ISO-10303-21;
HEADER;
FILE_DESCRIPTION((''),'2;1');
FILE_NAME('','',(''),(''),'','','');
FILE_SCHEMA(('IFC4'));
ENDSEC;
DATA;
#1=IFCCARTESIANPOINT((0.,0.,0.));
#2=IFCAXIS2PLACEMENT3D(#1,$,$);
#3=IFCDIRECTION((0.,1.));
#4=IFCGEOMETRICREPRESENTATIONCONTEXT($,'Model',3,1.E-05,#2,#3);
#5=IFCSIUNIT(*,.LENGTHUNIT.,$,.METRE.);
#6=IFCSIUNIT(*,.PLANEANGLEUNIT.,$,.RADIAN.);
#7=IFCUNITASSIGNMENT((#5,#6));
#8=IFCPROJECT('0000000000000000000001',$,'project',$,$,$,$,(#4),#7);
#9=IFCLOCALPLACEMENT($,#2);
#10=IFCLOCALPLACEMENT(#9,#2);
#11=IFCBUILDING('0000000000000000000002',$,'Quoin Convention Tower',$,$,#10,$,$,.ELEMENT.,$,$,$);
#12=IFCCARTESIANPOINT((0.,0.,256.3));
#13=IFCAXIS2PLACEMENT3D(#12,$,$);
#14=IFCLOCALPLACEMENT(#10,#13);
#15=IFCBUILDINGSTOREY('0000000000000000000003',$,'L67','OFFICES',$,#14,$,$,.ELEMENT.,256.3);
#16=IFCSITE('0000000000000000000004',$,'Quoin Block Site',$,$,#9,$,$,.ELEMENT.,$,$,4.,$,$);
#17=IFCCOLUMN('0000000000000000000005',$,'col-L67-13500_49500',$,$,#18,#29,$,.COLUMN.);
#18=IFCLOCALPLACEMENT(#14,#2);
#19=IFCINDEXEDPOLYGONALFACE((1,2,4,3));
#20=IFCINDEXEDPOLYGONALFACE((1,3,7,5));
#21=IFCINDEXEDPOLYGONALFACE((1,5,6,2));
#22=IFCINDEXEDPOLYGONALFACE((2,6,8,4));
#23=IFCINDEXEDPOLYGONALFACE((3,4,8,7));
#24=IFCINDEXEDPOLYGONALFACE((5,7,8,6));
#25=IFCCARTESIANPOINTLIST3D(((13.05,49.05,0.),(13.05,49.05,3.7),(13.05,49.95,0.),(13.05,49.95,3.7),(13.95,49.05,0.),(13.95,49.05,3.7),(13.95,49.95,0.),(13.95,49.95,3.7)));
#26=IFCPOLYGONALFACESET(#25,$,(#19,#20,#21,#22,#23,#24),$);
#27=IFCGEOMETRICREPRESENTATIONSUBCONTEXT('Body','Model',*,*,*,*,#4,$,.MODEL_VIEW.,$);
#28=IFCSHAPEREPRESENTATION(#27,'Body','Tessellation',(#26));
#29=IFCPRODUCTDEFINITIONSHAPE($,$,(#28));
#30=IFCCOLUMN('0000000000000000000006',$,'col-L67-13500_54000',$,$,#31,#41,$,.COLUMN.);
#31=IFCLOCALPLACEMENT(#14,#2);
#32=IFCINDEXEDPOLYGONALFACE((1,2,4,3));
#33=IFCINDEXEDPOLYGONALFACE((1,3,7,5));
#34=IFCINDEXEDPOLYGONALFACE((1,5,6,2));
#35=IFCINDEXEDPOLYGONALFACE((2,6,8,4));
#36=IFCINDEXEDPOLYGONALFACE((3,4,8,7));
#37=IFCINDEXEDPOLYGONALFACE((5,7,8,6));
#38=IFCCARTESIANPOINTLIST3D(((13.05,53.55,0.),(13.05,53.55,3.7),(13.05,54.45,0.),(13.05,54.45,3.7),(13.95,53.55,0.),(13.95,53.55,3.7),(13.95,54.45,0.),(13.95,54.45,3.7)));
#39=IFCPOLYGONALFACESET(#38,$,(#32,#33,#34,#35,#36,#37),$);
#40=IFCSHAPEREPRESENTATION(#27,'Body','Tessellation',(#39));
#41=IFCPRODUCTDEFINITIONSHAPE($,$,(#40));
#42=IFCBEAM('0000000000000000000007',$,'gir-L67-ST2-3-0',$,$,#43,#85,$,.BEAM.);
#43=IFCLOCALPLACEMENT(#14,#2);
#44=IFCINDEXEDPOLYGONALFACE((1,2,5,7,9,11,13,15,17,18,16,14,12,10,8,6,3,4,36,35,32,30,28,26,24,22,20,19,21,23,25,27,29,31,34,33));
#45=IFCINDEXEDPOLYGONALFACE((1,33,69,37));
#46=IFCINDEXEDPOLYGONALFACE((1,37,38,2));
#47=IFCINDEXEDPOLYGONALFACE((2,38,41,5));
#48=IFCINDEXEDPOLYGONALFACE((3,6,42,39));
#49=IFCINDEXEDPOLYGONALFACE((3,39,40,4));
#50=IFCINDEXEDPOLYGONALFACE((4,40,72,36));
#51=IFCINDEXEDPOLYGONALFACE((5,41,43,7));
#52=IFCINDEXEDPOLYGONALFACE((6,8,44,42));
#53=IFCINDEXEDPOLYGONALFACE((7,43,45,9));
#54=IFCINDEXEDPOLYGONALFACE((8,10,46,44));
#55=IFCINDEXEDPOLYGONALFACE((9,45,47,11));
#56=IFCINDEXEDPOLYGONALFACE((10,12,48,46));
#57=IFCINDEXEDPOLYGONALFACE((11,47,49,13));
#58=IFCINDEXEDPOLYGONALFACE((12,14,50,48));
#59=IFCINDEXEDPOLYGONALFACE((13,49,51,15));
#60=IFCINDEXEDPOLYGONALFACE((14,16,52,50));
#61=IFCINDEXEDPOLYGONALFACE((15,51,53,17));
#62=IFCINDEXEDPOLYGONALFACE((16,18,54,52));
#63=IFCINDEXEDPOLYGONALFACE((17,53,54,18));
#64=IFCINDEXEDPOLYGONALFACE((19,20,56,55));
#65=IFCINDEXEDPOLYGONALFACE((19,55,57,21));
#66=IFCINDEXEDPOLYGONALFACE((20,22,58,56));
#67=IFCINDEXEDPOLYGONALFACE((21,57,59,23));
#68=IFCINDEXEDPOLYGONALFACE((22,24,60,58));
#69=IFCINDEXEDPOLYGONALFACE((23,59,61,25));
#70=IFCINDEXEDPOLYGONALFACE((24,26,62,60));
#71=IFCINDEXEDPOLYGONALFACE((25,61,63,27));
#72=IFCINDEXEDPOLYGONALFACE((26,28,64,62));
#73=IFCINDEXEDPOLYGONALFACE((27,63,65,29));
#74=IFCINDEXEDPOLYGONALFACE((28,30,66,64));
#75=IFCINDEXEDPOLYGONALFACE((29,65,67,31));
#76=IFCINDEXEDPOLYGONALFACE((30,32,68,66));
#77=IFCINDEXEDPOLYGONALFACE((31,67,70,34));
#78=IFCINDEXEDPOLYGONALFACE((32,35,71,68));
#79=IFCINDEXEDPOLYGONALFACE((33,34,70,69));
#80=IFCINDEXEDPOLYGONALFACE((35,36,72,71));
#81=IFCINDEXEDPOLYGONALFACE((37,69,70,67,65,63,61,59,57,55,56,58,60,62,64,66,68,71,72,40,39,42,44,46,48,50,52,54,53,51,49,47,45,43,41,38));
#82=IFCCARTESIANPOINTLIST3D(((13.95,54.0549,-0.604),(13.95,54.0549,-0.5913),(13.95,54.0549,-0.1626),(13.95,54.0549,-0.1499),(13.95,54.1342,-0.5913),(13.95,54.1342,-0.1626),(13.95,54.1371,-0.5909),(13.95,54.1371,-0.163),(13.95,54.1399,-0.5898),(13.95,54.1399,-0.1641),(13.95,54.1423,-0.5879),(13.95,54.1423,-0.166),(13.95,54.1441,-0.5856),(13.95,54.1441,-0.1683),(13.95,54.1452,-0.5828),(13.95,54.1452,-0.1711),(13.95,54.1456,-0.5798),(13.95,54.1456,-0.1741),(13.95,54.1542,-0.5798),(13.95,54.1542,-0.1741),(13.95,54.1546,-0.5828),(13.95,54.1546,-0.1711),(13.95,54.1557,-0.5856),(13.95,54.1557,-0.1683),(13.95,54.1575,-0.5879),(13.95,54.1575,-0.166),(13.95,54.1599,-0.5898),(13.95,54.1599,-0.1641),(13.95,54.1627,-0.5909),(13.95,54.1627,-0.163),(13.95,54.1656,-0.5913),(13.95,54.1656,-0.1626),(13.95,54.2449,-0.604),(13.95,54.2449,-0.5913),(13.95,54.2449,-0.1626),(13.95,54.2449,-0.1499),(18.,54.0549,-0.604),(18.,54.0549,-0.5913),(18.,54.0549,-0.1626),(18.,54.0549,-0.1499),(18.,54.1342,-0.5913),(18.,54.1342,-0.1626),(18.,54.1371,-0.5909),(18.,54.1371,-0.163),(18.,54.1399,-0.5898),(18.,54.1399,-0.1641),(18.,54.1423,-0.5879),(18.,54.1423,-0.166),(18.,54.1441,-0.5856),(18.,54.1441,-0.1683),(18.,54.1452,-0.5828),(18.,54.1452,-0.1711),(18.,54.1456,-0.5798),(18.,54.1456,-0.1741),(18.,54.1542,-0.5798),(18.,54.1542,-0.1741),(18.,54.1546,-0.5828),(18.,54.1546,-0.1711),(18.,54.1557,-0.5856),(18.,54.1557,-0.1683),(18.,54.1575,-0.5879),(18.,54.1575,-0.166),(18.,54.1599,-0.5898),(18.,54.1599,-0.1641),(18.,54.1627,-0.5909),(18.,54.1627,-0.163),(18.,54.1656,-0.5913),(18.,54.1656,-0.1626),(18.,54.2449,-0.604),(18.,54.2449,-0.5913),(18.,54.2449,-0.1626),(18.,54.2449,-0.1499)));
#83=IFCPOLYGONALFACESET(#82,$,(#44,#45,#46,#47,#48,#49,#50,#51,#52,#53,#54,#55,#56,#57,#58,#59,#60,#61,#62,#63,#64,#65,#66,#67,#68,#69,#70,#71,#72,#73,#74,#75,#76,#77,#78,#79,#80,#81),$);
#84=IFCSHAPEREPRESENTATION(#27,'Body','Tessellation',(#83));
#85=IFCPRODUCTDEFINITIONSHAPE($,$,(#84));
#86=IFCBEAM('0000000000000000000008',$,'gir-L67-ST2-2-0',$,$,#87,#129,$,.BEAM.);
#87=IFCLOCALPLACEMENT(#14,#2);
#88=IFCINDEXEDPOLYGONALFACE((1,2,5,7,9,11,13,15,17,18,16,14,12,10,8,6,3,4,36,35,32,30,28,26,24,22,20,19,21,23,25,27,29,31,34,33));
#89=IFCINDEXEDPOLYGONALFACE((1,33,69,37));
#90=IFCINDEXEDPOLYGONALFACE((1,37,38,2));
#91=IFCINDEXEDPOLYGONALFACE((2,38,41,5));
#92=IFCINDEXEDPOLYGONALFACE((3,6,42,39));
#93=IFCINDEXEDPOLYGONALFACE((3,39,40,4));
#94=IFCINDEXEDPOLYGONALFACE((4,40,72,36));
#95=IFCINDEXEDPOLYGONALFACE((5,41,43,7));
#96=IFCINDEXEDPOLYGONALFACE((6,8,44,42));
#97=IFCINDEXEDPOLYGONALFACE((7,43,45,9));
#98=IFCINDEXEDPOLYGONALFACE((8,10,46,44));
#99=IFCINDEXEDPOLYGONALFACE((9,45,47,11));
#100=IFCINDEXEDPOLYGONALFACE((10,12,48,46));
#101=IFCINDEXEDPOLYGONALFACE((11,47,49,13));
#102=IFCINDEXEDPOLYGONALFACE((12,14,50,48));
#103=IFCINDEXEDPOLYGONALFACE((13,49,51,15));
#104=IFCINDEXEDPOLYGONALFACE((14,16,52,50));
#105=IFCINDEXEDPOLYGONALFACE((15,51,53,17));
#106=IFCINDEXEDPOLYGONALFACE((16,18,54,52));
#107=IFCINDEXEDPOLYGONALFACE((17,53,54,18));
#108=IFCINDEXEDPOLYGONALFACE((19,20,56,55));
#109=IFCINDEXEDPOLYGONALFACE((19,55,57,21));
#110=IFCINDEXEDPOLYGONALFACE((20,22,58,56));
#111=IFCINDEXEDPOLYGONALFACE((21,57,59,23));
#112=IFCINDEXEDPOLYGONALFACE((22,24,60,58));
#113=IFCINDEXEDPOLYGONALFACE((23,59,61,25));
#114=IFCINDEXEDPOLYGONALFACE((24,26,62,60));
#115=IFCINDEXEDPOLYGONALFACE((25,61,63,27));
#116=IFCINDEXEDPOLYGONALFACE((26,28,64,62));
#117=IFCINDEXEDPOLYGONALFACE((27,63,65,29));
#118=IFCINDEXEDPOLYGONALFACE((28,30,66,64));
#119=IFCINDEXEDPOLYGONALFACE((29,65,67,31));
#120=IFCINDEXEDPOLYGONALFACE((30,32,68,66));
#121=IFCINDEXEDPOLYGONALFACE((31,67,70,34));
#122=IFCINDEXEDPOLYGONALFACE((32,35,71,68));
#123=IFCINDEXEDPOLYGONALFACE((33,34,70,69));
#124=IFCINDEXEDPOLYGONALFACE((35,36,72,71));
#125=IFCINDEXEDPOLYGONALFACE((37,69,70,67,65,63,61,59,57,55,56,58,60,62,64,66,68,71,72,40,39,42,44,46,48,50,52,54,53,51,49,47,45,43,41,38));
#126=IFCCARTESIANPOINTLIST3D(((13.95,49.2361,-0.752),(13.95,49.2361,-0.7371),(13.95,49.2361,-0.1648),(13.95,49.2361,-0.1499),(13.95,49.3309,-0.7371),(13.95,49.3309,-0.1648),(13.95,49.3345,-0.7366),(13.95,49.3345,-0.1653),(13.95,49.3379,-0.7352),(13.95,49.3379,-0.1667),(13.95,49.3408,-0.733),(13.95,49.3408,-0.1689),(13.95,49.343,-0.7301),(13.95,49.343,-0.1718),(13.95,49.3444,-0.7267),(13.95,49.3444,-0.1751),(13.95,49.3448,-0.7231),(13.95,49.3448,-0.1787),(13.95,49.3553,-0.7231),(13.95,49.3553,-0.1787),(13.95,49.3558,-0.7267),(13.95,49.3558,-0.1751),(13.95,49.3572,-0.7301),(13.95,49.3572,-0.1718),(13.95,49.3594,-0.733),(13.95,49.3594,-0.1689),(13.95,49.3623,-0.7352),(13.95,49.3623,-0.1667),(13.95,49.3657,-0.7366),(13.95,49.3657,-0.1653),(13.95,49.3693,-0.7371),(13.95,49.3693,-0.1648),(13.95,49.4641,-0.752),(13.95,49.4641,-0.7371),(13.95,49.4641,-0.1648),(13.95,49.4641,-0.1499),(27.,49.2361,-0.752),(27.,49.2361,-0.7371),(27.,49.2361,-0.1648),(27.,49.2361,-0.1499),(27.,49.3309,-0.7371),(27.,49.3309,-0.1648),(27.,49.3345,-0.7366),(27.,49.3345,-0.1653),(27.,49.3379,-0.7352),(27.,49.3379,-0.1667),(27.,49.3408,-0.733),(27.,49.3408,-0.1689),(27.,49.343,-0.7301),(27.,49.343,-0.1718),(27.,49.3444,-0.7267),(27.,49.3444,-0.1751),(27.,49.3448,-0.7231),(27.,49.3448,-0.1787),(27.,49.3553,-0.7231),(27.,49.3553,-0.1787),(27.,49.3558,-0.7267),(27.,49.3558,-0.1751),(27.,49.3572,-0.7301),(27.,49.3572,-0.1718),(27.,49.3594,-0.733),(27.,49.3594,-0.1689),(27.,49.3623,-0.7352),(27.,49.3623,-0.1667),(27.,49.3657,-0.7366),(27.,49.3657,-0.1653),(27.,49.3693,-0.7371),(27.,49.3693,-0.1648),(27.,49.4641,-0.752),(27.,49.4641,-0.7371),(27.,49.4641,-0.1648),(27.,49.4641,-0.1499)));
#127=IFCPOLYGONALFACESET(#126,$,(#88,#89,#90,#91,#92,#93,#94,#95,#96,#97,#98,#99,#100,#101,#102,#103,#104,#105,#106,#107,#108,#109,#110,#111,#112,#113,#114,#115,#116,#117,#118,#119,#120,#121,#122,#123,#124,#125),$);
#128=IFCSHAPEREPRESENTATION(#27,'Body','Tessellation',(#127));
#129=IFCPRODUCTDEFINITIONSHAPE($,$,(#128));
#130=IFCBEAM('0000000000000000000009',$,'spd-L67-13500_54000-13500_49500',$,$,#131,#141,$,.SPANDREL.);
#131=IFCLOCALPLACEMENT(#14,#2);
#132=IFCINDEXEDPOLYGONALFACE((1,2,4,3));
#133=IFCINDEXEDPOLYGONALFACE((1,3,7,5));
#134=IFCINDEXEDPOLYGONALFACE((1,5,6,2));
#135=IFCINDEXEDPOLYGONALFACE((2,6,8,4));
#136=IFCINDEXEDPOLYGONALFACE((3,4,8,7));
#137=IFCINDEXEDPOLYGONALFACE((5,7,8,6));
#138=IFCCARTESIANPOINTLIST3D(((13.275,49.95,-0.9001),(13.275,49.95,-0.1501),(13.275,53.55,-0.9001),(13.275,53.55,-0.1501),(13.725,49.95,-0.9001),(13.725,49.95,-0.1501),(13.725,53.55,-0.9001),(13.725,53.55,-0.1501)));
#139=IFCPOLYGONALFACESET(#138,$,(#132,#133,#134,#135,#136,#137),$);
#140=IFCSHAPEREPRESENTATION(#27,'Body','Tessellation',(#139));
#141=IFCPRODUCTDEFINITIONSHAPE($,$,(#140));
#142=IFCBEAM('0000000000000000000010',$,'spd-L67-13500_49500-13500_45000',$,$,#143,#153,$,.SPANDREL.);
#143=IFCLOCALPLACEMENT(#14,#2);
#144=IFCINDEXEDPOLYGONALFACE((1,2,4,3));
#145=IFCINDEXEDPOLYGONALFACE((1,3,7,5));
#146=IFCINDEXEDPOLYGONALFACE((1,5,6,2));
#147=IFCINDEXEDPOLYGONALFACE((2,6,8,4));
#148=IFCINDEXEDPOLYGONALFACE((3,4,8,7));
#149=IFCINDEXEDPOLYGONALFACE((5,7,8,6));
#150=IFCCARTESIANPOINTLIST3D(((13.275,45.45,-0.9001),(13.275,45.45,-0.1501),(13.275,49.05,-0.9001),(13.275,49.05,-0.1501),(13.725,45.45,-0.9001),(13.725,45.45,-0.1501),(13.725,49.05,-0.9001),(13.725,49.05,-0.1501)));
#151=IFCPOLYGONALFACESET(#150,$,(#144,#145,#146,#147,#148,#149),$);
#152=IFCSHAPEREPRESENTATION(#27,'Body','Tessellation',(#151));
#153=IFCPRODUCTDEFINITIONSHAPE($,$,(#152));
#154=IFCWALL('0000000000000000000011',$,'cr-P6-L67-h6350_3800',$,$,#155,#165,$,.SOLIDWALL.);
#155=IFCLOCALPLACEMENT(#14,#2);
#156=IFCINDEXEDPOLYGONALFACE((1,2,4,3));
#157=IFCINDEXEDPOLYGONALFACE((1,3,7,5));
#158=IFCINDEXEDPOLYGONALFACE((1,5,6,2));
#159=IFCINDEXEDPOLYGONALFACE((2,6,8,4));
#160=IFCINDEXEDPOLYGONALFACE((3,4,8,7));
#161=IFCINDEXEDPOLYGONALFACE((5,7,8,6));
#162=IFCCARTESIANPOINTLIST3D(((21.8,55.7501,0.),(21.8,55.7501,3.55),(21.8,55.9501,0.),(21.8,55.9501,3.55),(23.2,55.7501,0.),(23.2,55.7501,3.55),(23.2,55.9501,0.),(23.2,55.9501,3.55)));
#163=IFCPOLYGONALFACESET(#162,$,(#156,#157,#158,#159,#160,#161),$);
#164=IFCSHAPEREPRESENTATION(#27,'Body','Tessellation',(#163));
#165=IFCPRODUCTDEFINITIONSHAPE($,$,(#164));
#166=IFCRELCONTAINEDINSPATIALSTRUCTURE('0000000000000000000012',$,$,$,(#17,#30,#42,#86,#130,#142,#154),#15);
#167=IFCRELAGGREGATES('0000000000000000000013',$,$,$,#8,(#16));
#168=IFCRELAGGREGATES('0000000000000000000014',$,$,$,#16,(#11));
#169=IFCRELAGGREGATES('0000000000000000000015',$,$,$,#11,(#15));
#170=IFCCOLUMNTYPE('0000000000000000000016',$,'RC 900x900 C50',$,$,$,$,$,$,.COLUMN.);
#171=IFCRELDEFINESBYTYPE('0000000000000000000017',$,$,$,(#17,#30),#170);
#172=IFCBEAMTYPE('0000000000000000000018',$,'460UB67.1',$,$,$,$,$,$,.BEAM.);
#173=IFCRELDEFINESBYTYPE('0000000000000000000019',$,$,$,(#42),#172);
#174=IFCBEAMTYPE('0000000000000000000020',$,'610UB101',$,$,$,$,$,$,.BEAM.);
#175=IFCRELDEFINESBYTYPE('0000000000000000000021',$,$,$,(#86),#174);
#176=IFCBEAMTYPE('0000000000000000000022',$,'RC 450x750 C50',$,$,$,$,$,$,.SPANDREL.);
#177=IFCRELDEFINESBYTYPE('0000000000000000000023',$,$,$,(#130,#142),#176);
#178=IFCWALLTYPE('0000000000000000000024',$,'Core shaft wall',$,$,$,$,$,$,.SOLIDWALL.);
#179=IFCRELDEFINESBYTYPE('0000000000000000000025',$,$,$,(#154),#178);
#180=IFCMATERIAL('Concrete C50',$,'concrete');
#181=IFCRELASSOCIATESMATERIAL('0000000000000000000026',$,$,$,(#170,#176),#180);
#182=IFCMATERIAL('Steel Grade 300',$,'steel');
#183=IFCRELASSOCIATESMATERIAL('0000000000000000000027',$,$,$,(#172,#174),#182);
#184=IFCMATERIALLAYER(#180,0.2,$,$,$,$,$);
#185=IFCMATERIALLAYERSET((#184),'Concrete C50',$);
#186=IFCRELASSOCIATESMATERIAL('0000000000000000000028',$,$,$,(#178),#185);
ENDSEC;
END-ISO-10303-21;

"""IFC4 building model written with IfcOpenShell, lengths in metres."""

from ifc_helpers import new_model, si_unit, direction, frame, frame_2d, origin, origin_2d, place, context, subcontext, project, spatial, rectangle, i_section, extrude, material, layer, layer_set, material_profile, profile_set, type_object, element, save


model = new_model("IFC4")

# Units and contexts
model_context = context("Model", 3, precision=1e-05, world=origin(), true_north=direction((0.0, 1.0)))
body_context = subcontext(model_context, "Body", "Model", "MODEL_VIEW")
ifc_project = project(units=[si_unit("LENGTHUNIT", "METRE"), si_unit("PLANEANGLEUNIT", "RADIAN")], contexts=[model_context])

# Site, building, storey
site_placement = place(None, origin())
site = spatial("IfcSite", under=ifc_project, at=site_placement, Name="Quoin Block Site", CompositionType="ELEMENT", RefElevation=4.0)
building_placement = place(site_placement, origin())
building = spatial("IfcBuilding", under=site, at=building_placement, Name="Quoin Convention Tower", CompositionType="ELEMENT")
storey_placement = place(building_placement, frame((0.0, 0.0, 256.3)))
storey = spatial("IfcBuildingStorey", under=building, at=storey_placement, Name="L67", Description="OFFICES", CompositionType="ELEMENT", Elevation=256.3)

# Columns
ifc_material_1 = material(Name="Concrete C50", Category="concrete")
ifc_material_profile_1 = material_profile(ifc_material_1, rectangle(XDim=0.8999, YDim=0.8999, at=origin_2d()), Name="RC 900x900")
ifc_profile_set_1 = profile_set([ifc_material_profile_1], Name="Concrete C50")
column_type = type_object("IfcColumnType", Name="RC 900x900 C50", PredefinedType="COLUMN", material=ifc_profile_set_1)
for number, where, z_axis, x_axis, name in (
    (1, (13.5, 49.5, 0.0), (0.0, 0.0, 1.0), (1.0, 0.0, 0.0), "col-L67-13500_49500"),
    (2, (13.5, 54.0, 0.0), (0.0, 0.0, 1.0), (1.0, 0.0, 0.0), "col-L67-13500_54000"),
):
    element("IfcColumn", number, at=place(storey_placement, frame(where, z_axis=z_axis, x_axis=x_axis)), inside=storey, type_object=column_type, Name=name, PredefinedType="COLUMN", context=body_context, shape_type="SweptSolid", body=[
        extrude(rectangle(XDim=0.8999, YDim=0.8999, at=origin_2d()), origin(), (0.0, 0.0, 1.0), 3.7),
    ])

# Beams
ifc_material_2 = material(Name="Steel Grade 300", Category="steel")
ifc_material_profile_2 = material_profile(ifc_material_2, i_section(OverallWidth=0.1899, OverallDepth=0.4541, WebThickness=0.0085, FlangeThickness=0.0127, FilletRadius=0.0115, at=origin_2d()), Name="460UB67.1")
ifc_profile_set_2 = profile_set([ifc_material_profile_2], Name="Steel Grade 300")
beam_type_1 = type_object("IfcBeamType", Name="460UB67.1", PredefinedType="BEAM", material=ifc_profile_set_2)
beam_1_placement = place(storey_placement, frame((13.95, 54.1499, -0.377), z_axis=(1.0, 0.0, 0.0), x_axis=(0.0, 1.0, 0.0)))
element("IfcBeam", 3, at=beam_1_placement, inside=storey, type_object=beam_type_1, Name="gir-L67-ST2-3-0", PredefinedType="BEAM", context=body_context, shape_type="SweptSolid", body=[
    extrude(i_section(OverallWidth=0.1899, OverallDepth=0.4541, WebThickness=0.0085, FlangeThickness=0.0127, FilletRadius=0.0115, at=origin_2d()), origin(), (0.0, 0.0, 1.0), 4.05),
])
ifc_material_profile_3 = material_profile(ifc_material_2, i_section(OverallWidth=0.228, OverallDepth=0.6021, WebThickness=0.0105, FlangeThickness=0.0149, FilletRadius=0.0139, at=origin_2d()), Name="610UB101")
ifc_profile_set_3 = profile_set([ifc_material_profile_3], Name="Steel Grade 300")
beam_type_2 = type_object("IfcBeamType", Name="610UB101", PredefinedType="BEAM", material=ifc_profile_set_3)
beam_2_placement = place(storey_placement, frame((13.95, 49.3501, -0.4509), z_axis=(1.0, 0.0, 0.0), x_axis=(0.0, 1.0, 0.0)))
element("IfcBeam", 4, at=beam_2_placement, inside=storey, type_object=beam_type_2, Name="gir-L67-ST2-2-0", PredefinedType="BEAM", context=body_context, shape_type="SweptSolid", body=[
    extrude(i_section(OverallWidth=0.228, OverallDepth=0.6021, WebThickness=0.0105, FlangeThickness=0.0149, FilletRadius=0.0139, at=origin_2d()), origin(), (0.0, 0.0, 1.0), 13.05),
])
ifc_material_profile_4 = material_profile(ifc_material_1, rectangle(XDim=0.45, YDim=0.75, at=origin_2d()), Name="RC 450x750")
ifc_profile_set_4 = profile_set([ifc_material_profile_4], Name="Concrete C50")
beam_type_3 = type_object("IfcBeamType", Name="RC 450x750 C50", PredefinedType="SPANDREL", material=ifc_profile_set_4)
for number, where, z_axis, x_axis, name in (
    (5, (13.5, 53.55, -0.5251), (0.0, -1.0, 0.0), (1.0, 0.0, 0.0), "spd-L67-13500_54000-13500_49500"),
    (6, (13.5, 49.05, -0.5251), (0.0, -1.0, 0.0), (1.0, 0.0, 0.0), "spd-L67-13500_49500-13500_45000"),
):
    element("IfcBeam", number, at=place(storey_placement, frame(where, z_axis=z_axis, x_axis=x_axis)), inside=storey, type_object=beam_type_3, Name=name, PredefinedType="SPANDREL", context=body_context, shape_type="SweptSolid", body=[
        extrude(rectangle(XDim=0.45, YDim=0.75, at=origin_2d()), origin(), (0.0, 0.0, 1.0), 3.6001),
    ])

# Wall
ifc_layer_1 = layer(ifc_material_1, 0.2)
ifc_layer_set_1 = layer_set([ifc_layer_1], Name="Concrete C50")
wall_type_1 = type_object("IfcWallType", Name="Core shaft wall", PredefinedType="SOLIDWALL", material=ifc_layer_set_1)
wall_1_placement = place(storey_placement, frame((21.8, 55.8501, 0.0), z_axis=(0.0, 0.0, 1.0), x_axis=(1.0, 0.0, 0.0)))
element("IfcWall", 7, at=wall_1_placement, inside=storey, type_object=wall_type_1, Name="cr-P6-L67-h6350_3800", PredefinedType="SOLIDWALL", context=body_context, shape_type="SweptSolid", body=[
    extrude(rectangle(XDim=1.3999, YDim=0.2, at=frame_2d((0.7, 0.0))), origin(), (0.0, 0.0, 1.0), 3.55),
])

save(model, "model.ifc")
